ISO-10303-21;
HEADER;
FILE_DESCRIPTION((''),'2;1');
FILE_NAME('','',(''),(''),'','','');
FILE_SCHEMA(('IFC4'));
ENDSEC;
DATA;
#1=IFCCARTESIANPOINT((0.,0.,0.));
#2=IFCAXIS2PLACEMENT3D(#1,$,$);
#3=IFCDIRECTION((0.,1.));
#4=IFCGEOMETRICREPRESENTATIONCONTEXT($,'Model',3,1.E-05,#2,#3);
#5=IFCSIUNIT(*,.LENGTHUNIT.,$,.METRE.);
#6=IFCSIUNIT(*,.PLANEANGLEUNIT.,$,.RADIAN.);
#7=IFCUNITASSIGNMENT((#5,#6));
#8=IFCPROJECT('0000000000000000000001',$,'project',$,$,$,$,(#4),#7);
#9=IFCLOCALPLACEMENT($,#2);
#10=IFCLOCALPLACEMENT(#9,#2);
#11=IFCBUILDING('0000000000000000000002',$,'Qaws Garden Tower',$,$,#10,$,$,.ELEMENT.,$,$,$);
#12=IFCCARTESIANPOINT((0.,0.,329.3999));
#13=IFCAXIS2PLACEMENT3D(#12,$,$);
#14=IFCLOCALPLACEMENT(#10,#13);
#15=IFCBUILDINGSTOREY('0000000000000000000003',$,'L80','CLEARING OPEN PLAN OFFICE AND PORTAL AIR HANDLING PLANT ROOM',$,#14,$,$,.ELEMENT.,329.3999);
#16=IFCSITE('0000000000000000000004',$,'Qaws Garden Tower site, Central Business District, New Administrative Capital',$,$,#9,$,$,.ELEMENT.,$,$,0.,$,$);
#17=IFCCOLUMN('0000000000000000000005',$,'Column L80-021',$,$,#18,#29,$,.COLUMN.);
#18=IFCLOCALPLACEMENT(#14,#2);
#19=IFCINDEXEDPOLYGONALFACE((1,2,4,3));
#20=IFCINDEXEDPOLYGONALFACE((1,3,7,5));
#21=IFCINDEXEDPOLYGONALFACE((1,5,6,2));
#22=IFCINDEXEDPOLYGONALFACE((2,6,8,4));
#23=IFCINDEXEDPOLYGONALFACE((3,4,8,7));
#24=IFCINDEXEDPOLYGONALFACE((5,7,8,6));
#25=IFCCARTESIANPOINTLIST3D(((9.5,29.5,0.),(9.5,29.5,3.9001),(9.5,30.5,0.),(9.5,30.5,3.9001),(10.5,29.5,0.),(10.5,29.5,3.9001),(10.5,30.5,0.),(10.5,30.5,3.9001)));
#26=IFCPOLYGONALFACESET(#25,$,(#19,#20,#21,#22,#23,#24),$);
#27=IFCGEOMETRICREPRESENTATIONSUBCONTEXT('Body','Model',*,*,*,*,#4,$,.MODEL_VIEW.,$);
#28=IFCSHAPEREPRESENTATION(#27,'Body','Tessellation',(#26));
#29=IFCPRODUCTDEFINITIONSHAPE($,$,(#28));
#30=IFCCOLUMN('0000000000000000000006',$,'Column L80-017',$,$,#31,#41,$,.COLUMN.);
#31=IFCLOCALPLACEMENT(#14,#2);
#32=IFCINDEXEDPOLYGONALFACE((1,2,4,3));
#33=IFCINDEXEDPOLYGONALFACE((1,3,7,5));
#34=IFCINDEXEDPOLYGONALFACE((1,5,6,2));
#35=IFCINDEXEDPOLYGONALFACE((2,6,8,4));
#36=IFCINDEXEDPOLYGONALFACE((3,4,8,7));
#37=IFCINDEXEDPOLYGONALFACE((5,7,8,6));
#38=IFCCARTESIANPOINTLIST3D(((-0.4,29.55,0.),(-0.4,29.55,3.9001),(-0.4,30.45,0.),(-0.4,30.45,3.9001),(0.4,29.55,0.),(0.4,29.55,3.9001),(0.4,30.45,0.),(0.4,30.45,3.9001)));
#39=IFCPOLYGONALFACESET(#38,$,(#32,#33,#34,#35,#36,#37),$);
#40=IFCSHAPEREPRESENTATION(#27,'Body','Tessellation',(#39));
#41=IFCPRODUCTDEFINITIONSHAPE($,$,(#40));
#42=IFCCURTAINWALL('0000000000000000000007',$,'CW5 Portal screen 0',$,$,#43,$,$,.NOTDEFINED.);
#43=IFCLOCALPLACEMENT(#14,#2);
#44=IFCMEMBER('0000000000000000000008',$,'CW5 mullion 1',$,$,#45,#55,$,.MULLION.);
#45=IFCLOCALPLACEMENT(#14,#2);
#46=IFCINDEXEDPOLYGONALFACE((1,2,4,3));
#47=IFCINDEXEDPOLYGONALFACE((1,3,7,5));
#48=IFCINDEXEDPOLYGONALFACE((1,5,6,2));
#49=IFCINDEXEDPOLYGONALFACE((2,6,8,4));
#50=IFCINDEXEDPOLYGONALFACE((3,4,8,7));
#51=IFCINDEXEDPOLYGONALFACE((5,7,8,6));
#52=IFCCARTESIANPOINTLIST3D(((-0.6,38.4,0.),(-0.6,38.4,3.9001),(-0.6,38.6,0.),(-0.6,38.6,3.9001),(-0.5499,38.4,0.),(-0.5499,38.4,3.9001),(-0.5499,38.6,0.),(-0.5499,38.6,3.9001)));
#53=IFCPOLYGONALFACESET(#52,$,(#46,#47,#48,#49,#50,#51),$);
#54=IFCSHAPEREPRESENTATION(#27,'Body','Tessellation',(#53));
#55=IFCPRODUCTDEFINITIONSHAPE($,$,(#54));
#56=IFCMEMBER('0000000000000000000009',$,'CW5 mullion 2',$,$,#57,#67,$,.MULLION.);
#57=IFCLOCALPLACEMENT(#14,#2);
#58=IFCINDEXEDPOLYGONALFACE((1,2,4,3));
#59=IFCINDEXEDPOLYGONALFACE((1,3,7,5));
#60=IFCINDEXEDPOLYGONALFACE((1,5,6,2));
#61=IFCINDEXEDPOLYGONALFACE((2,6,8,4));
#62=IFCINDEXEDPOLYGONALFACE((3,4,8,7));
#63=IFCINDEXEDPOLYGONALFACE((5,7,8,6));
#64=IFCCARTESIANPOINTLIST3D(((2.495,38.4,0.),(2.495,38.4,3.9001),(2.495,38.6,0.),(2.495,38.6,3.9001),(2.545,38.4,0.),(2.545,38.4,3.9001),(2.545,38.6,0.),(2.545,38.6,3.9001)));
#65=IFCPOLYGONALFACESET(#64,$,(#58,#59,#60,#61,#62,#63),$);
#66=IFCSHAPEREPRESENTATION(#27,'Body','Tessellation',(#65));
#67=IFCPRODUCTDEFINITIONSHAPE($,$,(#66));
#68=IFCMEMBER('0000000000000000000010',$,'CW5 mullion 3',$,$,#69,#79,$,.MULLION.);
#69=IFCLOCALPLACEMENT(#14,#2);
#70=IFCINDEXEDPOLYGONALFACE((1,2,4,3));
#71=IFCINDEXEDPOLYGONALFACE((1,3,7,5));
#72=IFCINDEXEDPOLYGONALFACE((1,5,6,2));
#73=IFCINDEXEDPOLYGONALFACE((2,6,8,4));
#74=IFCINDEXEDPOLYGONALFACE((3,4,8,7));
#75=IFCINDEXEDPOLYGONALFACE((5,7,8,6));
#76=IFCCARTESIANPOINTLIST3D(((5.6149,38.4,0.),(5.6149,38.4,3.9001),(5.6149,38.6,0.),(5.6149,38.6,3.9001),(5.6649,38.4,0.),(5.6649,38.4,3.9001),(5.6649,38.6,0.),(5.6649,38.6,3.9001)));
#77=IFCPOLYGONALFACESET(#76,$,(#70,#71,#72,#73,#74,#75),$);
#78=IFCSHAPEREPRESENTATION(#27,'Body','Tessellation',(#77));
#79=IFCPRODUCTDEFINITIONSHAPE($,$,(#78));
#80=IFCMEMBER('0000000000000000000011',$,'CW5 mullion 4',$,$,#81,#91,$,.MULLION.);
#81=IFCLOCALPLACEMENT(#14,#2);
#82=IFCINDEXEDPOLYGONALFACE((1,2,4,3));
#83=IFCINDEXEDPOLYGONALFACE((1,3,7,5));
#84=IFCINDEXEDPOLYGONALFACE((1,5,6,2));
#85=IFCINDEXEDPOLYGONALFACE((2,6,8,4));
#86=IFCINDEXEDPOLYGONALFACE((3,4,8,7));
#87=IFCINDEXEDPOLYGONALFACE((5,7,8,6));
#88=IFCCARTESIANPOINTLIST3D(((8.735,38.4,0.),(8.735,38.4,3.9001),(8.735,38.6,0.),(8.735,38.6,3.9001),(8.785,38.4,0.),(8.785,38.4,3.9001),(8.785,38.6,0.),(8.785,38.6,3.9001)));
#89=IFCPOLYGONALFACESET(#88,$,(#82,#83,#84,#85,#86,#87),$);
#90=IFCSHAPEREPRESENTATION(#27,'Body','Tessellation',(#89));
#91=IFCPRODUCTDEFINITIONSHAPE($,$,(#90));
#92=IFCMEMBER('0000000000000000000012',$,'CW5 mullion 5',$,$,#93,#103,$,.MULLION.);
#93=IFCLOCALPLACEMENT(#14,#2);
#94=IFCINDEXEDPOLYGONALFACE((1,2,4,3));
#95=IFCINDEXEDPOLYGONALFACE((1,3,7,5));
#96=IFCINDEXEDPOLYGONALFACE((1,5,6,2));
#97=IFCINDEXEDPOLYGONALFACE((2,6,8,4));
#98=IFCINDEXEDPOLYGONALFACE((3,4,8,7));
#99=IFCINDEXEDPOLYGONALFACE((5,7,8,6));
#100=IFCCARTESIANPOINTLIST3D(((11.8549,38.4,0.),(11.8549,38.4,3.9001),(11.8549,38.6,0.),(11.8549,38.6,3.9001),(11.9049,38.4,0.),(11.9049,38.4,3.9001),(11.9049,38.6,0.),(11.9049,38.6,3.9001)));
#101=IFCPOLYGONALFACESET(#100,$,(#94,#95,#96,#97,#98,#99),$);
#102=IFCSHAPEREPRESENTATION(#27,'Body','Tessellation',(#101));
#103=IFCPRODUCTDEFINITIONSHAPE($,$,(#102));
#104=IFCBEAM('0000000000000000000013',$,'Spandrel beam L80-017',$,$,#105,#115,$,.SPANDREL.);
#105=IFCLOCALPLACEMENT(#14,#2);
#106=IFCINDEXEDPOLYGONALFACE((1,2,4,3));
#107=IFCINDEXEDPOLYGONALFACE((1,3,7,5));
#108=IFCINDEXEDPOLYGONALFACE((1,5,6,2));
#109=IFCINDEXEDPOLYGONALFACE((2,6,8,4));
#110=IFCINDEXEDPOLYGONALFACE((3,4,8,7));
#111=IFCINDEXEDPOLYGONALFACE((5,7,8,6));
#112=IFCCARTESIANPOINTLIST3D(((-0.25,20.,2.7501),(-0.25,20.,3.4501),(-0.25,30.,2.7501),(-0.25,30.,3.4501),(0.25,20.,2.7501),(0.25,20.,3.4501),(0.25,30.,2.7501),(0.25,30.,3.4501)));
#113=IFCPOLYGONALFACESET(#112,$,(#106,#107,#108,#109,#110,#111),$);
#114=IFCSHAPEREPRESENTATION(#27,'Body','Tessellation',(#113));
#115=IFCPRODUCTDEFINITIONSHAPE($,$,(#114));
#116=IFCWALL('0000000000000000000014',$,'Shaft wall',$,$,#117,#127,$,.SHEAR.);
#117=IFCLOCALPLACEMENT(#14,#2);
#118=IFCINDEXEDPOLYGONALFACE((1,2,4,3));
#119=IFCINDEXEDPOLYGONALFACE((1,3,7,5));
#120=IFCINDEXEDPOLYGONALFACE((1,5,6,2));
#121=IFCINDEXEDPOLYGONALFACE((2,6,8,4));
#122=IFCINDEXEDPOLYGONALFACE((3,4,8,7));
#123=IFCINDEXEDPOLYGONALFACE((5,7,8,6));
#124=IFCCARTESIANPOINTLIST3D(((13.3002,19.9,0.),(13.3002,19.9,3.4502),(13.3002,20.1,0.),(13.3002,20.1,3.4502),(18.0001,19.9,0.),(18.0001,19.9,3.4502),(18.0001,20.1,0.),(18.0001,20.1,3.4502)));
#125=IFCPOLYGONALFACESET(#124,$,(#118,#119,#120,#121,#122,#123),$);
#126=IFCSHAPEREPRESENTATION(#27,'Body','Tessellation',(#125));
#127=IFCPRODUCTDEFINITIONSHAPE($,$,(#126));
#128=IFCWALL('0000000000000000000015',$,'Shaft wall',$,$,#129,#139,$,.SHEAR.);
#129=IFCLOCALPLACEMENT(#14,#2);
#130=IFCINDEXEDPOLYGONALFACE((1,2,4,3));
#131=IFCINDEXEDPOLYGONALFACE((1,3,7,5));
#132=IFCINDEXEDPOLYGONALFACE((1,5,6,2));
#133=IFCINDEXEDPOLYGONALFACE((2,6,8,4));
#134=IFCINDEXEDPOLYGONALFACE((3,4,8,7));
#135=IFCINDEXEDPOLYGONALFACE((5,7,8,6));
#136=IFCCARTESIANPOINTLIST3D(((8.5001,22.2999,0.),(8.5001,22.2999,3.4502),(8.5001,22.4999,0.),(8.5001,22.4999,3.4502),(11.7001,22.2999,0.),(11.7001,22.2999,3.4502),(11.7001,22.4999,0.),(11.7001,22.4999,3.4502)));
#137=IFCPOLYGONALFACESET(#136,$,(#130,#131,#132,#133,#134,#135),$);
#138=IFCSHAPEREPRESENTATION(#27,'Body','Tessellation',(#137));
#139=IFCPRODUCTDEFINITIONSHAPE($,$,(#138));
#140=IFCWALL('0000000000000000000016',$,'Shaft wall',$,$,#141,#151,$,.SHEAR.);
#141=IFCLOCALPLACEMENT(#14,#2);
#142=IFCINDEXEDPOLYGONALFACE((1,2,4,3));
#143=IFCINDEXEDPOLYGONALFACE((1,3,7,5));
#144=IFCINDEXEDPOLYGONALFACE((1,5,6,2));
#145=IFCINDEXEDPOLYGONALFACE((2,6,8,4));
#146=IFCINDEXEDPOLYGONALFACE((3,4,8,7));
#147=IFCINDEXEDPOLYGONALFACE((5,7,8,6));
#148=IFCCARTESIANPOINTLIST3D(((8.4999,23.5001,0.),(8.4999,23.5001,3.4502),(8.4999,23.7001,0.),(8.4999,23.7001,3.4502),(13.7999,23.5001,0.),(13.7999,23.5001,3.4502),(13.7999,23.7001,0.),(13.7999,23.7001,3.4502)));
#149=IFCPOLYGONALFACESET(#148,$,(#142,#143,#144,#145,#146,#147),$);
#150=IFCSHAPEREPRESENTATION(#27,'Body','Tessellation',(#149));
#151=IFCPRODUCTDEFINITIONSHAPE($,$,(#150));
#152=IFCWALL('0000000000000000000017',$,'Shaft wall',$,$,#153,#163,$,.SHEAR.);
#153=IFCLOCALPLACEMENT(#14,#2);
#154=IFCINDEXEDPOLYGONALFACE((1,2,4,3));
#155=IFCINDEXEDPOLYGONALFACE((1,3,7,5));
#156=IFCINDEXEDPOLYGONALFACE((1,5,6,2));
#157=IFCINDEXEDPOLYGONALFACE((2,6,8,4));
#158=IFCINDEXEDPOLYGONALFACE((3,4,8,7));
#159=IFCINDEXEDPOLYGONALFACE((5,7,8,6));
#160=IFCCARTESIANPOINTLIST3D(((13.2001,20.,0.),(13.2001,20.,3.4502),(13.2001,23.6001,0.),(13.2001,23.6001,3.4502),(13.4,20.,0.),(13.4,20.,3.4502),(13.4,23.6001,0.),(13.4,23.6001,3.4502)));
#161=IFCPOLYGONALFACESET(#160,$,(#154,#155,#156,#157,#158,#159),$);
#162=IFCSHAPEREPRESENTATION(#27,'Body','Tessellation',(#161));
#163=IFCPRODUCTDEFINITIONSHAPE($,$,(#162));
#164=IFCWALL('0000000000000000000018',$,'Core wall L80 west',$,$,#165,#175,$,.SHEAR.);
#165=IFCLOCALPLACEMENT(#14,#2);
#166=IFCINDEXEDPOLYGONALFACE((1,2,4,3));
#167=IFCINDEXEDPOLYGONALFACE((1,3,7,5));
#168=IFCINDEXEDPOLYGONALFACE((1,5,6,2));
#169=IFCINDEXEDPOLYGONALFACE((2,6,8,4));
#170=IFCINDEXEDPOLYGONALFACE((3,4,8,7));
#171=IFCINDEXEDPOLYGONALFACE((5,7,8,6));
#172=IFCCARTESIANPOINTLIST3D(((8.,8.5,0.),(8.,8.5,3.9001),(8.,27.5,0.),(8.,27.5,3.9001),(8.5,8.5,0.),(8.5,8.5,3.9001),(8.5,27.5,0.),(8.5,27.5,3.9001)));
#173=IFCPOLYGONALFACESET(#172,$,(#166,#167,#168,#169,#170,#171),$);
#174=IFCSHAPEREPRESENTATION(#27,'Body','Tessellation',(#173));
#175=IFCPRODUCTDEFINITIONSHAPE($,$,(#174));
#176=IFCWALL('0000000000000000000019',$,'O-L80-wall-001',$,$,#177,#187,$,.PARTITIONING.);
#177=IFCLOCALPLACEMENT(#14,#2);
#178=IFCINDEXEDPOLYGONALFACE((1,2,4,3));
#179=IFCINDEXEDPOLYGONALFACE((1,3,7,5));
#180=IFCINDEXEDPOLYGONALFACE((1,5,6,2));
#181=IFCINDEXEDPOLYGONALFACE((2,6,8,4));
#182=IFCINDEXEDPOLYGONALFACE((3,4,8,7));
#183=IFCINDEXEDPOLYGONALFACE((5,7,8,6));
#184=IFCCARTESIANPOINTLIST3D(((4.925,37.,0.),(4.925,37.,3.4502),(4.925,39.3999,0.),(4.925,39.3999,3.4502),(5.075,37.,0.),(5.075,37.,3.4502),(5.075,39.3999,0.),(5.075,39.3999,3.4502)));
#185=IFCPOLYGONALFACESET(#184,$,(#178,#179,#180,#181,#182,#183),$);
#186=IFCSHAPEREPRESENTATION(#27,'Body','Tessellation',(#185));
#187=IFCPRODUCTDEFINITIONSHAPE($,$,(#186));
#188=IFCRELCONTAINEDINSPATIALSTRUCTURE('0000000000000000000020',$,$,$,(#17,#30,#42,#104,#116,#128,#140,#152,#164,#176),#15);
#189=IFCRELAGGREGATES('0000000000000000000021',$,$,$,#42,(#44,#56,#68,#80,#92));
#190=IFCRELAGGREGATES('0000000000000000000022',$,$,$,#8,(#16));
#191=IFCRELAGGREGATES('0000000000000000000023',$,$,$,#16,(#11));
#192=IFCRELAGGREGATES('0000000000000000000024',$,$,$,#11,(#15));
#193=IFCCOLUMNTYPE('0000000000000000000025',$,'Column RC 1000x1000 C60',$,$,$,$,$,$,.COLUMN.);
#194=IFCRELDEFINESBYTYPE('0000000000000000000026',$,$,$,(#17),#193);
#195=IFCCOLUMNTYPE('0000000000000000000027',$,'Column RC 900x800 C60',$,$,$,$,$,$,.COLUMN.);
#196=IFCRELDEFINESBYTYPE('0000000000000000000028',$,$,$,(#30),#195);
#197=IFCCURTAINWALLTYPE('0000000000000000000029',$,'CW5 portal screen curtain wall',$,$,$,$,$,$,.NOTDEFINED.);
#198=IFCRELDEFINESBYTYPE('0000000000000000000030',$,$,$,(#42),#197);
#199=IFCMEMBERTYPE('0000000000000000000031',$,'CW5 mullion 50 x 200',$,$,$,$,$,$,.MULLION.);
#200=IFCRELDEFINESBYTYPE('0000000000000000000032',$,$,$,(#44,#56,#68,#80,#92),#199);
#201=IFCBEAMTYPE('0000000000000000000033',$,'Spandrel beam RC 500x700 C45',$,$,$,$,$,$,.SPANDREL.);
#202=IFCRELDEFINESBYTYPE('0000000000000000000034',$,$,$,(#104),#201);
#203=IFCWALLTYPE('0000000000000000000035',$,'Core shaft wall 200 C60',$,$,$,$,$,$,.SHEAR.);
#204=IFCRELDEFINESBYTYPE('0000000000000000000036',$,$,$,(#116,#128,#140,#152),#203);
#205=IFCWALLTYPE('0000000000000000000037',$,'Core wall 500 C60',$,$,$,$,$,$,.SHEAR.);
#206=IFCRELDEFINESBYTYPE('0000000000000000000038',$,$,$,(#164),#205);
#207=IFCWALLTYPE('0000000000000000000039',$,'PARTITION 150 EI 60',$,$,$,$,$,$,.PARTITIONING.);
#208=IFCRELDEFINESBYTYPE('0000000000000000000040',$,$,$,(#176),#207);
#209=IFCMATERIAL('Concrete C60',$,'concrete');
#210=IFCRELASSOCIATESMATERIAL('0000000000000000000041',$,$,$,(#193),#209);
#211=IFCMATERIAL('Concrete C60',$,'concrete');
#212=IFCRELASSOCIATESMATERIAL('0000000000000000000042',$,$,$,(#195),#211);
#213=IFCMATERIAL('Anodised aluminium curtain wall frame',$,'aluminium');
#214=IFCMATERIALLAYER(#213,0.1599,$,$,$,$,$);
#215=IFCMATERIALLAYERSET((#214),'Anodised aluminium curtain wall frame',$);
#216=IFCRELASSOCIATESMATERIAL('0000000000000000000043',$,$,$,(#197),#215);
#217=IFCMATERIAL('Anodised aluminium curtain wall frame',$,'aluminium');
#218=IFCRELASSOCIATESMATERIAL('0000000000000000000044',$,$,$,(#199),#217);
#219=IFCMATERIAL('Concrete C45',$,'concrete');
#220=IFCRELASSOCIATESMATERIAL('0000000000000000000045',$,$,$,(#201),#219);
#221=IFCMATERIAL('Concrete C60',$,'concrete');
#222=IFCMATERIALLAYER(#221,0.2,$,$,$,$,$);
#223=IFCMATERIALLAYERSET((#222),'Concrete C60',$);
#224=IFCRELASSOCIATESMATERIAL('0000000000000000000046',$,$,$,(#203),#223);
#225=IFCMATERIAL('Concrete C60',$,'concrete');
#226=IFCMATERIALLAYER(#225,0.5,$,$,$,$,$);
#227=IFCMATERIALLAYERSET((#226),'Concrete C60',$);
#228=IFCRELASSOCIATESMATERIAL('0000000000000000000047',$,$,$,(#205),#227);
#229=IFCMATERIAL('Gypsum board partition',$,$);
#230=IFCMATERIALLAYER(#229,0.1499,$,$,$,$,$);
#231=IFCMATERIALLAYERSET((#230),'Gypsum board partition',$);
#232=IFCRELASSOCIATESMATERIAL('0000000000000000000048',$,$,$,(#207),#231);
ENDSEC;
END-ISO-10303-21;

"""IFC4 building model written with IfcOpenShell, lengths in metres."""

from ifc_helpers import new_model, si_unit, direction, frame, frame_2d, origin, origin_2d, place, context, subcontext, project, spatial, rectangle, extrude, material, layer, layer_set, material_profile, profile_set, type_object, element, aggregate, save


model = new_model("IFC4")

# Units and contexts
model_context = context("Model", 3, precision=1e-05, world=origin(), true_north=direction((0.0, 1.0)))
body_context = subcontext(model_context, "Body", "Model", "MODEL_VIEW")
ifc_project = project(units=[si_unit("LENGTHUNIT", "METRE"), si_unit("PLANEANGLEUNIT", "RADIAN")], contexts=[model_context])

# Site, building, storey
site_placement = place(None, origin())
site = spatial("IfcSite", under=ifc_project, at=site_placement, Name="Qaws Garden Tower site, Central Business District, New Administrative Capital", CompositionType="ELEMENT", RefElevation=0.0)
building_placement = place(site_placement, origin())
building = spatial("IfcBuilding", under=site, at=building_placement, Name="Qaws Garden Tower", CompositionType="ELEMENT")
storey_placement = place(building_placement, frame((0.0, 0.0, 329.3999)))
storey = spatial("IfcBuildingStorey", under=building, at=storey_placement, Name="L80", Description="CLEARING OPEN PLAN OFFICE AND PORTAL AIR HANDLING PLANT ROOM", CompositionType="ELEMENT", Elevation=329.3999)

# Columns
ifc_material_1 = material(Name="Concrete C60", Category="concrete")
ifc_material_profile_1 = material_profile(ifc_material_1, rectangle(XDim=1.0, YDim=1.0, at=origin_2d()), Name="RC 1000x1000")
ifc_profile_set_1 = profile_set([ifc_material_profile_1], Name="Concrete C60")
column_type_1 = type_object("IfcColumnType", Name="Column RC 1000x1000 C60", PredefinedType="COLUMN", material=ifc_profile_set_1)
column_1_placement = place(storey_placement, frame((10.0, 30.0, 0.0), z_axis=(0.0, 0.0, 1.0), x_axis=(1.0, 0.0, 0.0)))
element("IfcColumn", 1, at=column_1_placement, inside=storey, type_object=column_type_1, Name="Column L80-021", PredefinedType="COLUMN", context=body_context, shape_type="SweptSolid", body=[
    extrude(rectangle(XDim=1.0, YDim=1.0, at=origin_2d()), origin(), (0.0, 0.0, 1.0), 3.9001),
])
ifc_material_2 = material(Name="Concrete C60", Category="concrete")
ifc_material_profile_2 = material_profile(ifc_material_2, rectangle(XDim=0.8999, YDim=0.8, at=origin_2d()), Name="RC 900x800")
ifc_profile_set_2 = profile_set([ifc_material_profile_2], Name="Concrete C60")
column_type_2 = type_object("IfcColumnType", Name="Column RC 900x800 C60", PredefinedType="COLUMN", material=ifc_profile_set_2)
column_2_placement = place(storey_placement, frame((0.0, 30.0, 0.0), z_axis=(0.0, 0.0, 1.0), x_axis=(0.0, 1.0, 0.0)))
element("IfcColumn", 2, at=column_2_placement, inside=storey, type_object=column_type_2, Name="Column L80-017", PredefinedType="COLUMN", context=body_context, shape_type="SweptSolid", body=[
    extrude(rectangle(XDim=0.8999, YDim=0.8, at=origin_2d()), origin(), (0.0, 0.0, 1.0), 3.9001),
])

# Curtain wall, members
ifc_material_3 = material(Name="Anodised aluminium curtain wall frame", Category="aluminium")
ifc_layer_1 = layer(ifc_material_3, 0.1599)
ifc_layer_set_1 = layer_set([ifc_layer_1], Name="Anodised aluminium curtain wall frame")
curtain_wall_type = type_object("IfcCurtainWallType", Name="CW5 portal screen curtain wall", PredefinedType="NOTDEFINED", material=ifc_layer_set_1)
placement = place(storey_placement, origin())
curtain_wall = element("IfcCurtainWall", 3, at=placement, inside=storey, type_object=curtain_wall_type, Name="CW5 Portal screen 0", PredefinedType="NOTDEFINED")
ifc_material_4 = material(Name="Anodised aluminium curtain wall frame", Category="aluminium")
ifc_material_profile_3 = material_profile(ifc_material_4, rectangle(XDim=0.2, YDim=0.05, at=origin_2d()), Name="AL 50x200")
ifc_profile_set_3 = profile_set([ifc_material_profile_3], Name="Anodised aluminium curtain wall frame")
member_type = type_object("IfcMemberType", Name="CW5 mullion 50 x 200", PredefinedType="MULLION", material=ifc_profile_set_3)
member_1_placement = place(storey_placement, frame((-0.575, 38.5, 0.0), z_axis=(0.0, 0.0, 1.0), x_axis=(0.0, 1.0, 0.0)))
member_1 = element("IfcMember", 4, at=member_1_placement, type_object=member_type, Name="CW5 mullion 1", PredefinedType="MULLION", context=body_context, shape_type="SweptSolid", body=[
    extrude(rectangle(XDim=0.2, YDim=0.05, at=origin_2d()), origin(), (0.0, 0.0, 1.0), 3.9001),
])
member_2_placement = place(storey_placement, frame((2.52, 38.5, 0.0), z_axis=(0.0, 0.0, 1.0), x_axis=(0.0, 1.0, 0.0)))
member_2 = element("IfcMember", 5, at=member_2_placement, type_object=member_type, Name="CW5 mullion 2", PredefinedType="MULLION", context=body_context, shape_type="SweptSolid", body=[
    extrude(rectangle(XDim=0.2, YDim=0.05, at=origin_2d()), origin(), (0.0, 0.0, 1.0), 3.9001),
])
member_3_placement = place(storey_placement, frame((5.6399, 38.5, 0.0), z_axis=(0.0, 0.0, 1.0), x_axis=(0.0, 1.0, 0.0)))
member_3 = element("IfcMember", 6, at=member_3_placement, type_object=member_type, Name="CW5 mullion 3", PredefinedType="MULLION", context=body_context, shape_type="SweptSolid", body=[
    extrude(rectangle(XDim=0.2, YDim=0.05, at=origin_2d()), origin(), (0.0, 0.0, 1.0), 3.9001),
])
member_4_placement = place(storey_placement, frame((8.76, 38.5, 0.0), z_axis=(0.0, 0.0, 1.0), x_axis=(0.0, 1.0, 0.0)))
member_4 = element("IfcMember", 7, at=member_4_placement, type_object=member_type, Name="CW5 mullion 4", PredefinedType="MULLION", context=body_context, shape_type="SweptSolid", body=[
    extrude(rectangle(XDim=0.2, YDim=0.05, at=origin_2d()), origin(), (0.0, 0.0, 1.0), 3.9001),
])
member_5_placement = place(storey_placement, frame((11.8799, 38.5, 0.0), z_axis=(0.0, 0.0, 1.0), x_axis=(0.0, 1.0, 0.0)))
member_5 = element("IfcMember", 8, at=member_5_placement, type_object=member_type, Name="CW5 mullion 5", PredefinedType="MULLION", context=body_context, shape_type="SweptSolid", body=[
    extrude(rectangle(XDim=0.2, YDim=0.05, at=origin_2d()), origin(), (0.0, 0.0, 1.0), 3.9001),
])
aggregate(curtain_wall, [member_1, member_2, member_3, member_4, member_5])

# Beam
ifc_material_5 = material(Name="Concrete C45", Category="concrete")
ifc_material_profile_4 = material_profile(ifc_material_5, rectangle(XDim=0.5, YDim=0.7, at=origin_2d()), Name="RC 500x700")
ifc_profile_set_4 = profile_set([ifc_material_profile_4], Name="Concrete C45")
beam_type = type_object("IfcBeamType", Name="Spandrel beam RC 500x700 C45", PredefinedType="SPANDREL", material=ifc_profile_set_4)
beam_placement = place(storey_placement, frame((0.0, 30.0, 3.1001), z_axis=(0.0, -1.0, 0.0), x_axis=(1.0, 0.0, 0.0)))
element("IfcBeam", 9, at=beam_placement, inside=storey, type_object=beam_type, Name="Spandrel beam L80-017", PredefinedType="SPANDREL", context=body_context, shape_type="SweptSolid", body=[
    extrude(rectangle(XDim=0.5, YDim=0.7, at=origin_2d()), origin(), (0.0, 0.0, 1.0), 10.0),
])

# Walls
ifc_material_6 = material(Name="Concrete C60", Category="concrete")
ifc_layer_2 = layer(ifc_material_6, 0.2)
ifc_layer_set_2 = layer_set([ifc_layer_2], Name="Concrete C60")
wall_type_1 = type_object("IfcWallType", Name="Core shaft wall 200 C60", PredefinedType="SHEAR", material=ifc_layer_set_2)
wall_1_placement = place(storey_placement, frame((13.3, 20.0, 0.0), z_axis=(0.0, 0.0, 1.0), x_axis=(1.0, 0.0, 0.0)))
element("IfcWall", 10, at=wall_1_placement, inside=storey, type_object=wall_type_1, Name="Shaft wall", PredefinedType="SHEAR", context=body_context, shape_type="SweptSolid", body=[
    extrude(rectangle(XDim=4.7, YDim=0.2, at=frame_2d((2.3501, 0.0))), origin(), (0.0, 0.0, 1.0), 3.4502),
])
wall_2_placement = place(storey_placement, frame((8.5, 22.3999, 0.0), z_axis=(0.0, 0.0, 1.0), x_axis=(1.0, 0.0, 0.0)))
element("IfcWall", 11, at=wall_2_placement, inside=storey, type_object=wall_type_1, Name="Shaft wall", PredefinedType="SHEAR", context=body_context, shape_type="SweptSolid", body=[
    extrude(rectangle(XDim=3.2, YDim=0.2, at=frame_2d((1.6001, 0.0))), origin(), (0.0, 0.0, 1.0), 3.4502),
])
wall_3_placement = place(storey_placement, frame((8.5, 23.6001, 0.0), z_axis=(0.0, 0.0, 1.0), x_axis=(1.0, 0.0, 0.0)))
element("IfcWall", 12, at=wall_3_placement, inside=storey, type_object=wall_type_1, Name="Shaft wall", PredefinedType="SHEAR", context=body_context, shape_type="SweptSolid", body=[
    extrude(rectangle(XDim=5.3, YDim=0.2, at=frame_2d((2.6499, 0.0))), origin(), (0.0, 0.0, 1.0), 3.4502),
])
wall_4_placement = place(storey_placement, frame((13.3, 20.0, 0.0), z_axis=(0.0, 0.0, 1.0), x_axis=(0.0, 1.0, 0.0)))
element("IfcWall", 13, at=wall_4_placement, inside=storey, type_object=wall_type_1, Name="Shaft wall", PredefinedType="SHEAR", context=body_context, shape_type="SweptSolid", body=[
    extrude(rectangle(XDim=3.6001, YDim=0.2, at=frame_2d((1.8, 0.0))), origin(), (0.0, 0.0, 1.0), 3.4502),
])
ifc_material_7 = material(Name="Concrete C60", Category="concrete")
ifc_layer_3 = layer(ifc_material_7, 0.5)
ifc_layer_set_3 = layer_set([ifc_layer_3], Name="Concrete C60")
wall_type_2 = type_object("IfcWallType", Name="Core wall 500 C60", PredefinedType="SHEAR", material=ifc_layer_set_3)
wall_5_placement = place(storey_placement, frame((8.25, 27.5, 0.0), z_axis=(0.0, 0.0, 1.0), x_axis=(0.0, -1.0, 0.0)))
element("IfcWall", 14, at=wall_5_placement, inside=storey, type_object=wall_type_2, Name="Core wall L80 west", PredefinedType="SHEAR", context=body_context, shape_type="SweptSolid", body=[
    extrude(rectangle(XDim=19.0, YDim=0.5, at=frame_2d((9.5, 0.0))), origin(), (0.0, 0.0, 1.0), 3.9001),
])
ifc_material_8 = material(Name="Gypsum board partition")
ifc_layer_4 = layer(ifc_material_8, 0.1499)
ifc_layer_set_4 = layer_set([ifc_layer_4], Name="Gypsum board partition")
wall_type_3 = type_object("IfcWallType", Name="PARTITION 150 EI 60", PredefinedType="PARTITIONING", material=ifc_layer_set_4)
wall_6_placement = place(storey_placement, frame((5.0, 37.0, 0.0), z_axis=(0.0, 0.0, 1.0), x_axis=(0.0, 1.0, 0.0)))
element("IfcWall", 15, at=wall_6_placement, inside=storey, type_object=wall_type_3, Name="O-L80-wall-001", PredefinedType="PARTITIONING", context=body_context, shape_type="SweptSolid", body=[
    extrude(rectangle(XDim=2.3999, YDim=0.1499, at=frame_2d((1.2, 0.0))), origin(), (0.0, 0.0, 1.0), 3.4502),
])

save(model, "model.ifc")
